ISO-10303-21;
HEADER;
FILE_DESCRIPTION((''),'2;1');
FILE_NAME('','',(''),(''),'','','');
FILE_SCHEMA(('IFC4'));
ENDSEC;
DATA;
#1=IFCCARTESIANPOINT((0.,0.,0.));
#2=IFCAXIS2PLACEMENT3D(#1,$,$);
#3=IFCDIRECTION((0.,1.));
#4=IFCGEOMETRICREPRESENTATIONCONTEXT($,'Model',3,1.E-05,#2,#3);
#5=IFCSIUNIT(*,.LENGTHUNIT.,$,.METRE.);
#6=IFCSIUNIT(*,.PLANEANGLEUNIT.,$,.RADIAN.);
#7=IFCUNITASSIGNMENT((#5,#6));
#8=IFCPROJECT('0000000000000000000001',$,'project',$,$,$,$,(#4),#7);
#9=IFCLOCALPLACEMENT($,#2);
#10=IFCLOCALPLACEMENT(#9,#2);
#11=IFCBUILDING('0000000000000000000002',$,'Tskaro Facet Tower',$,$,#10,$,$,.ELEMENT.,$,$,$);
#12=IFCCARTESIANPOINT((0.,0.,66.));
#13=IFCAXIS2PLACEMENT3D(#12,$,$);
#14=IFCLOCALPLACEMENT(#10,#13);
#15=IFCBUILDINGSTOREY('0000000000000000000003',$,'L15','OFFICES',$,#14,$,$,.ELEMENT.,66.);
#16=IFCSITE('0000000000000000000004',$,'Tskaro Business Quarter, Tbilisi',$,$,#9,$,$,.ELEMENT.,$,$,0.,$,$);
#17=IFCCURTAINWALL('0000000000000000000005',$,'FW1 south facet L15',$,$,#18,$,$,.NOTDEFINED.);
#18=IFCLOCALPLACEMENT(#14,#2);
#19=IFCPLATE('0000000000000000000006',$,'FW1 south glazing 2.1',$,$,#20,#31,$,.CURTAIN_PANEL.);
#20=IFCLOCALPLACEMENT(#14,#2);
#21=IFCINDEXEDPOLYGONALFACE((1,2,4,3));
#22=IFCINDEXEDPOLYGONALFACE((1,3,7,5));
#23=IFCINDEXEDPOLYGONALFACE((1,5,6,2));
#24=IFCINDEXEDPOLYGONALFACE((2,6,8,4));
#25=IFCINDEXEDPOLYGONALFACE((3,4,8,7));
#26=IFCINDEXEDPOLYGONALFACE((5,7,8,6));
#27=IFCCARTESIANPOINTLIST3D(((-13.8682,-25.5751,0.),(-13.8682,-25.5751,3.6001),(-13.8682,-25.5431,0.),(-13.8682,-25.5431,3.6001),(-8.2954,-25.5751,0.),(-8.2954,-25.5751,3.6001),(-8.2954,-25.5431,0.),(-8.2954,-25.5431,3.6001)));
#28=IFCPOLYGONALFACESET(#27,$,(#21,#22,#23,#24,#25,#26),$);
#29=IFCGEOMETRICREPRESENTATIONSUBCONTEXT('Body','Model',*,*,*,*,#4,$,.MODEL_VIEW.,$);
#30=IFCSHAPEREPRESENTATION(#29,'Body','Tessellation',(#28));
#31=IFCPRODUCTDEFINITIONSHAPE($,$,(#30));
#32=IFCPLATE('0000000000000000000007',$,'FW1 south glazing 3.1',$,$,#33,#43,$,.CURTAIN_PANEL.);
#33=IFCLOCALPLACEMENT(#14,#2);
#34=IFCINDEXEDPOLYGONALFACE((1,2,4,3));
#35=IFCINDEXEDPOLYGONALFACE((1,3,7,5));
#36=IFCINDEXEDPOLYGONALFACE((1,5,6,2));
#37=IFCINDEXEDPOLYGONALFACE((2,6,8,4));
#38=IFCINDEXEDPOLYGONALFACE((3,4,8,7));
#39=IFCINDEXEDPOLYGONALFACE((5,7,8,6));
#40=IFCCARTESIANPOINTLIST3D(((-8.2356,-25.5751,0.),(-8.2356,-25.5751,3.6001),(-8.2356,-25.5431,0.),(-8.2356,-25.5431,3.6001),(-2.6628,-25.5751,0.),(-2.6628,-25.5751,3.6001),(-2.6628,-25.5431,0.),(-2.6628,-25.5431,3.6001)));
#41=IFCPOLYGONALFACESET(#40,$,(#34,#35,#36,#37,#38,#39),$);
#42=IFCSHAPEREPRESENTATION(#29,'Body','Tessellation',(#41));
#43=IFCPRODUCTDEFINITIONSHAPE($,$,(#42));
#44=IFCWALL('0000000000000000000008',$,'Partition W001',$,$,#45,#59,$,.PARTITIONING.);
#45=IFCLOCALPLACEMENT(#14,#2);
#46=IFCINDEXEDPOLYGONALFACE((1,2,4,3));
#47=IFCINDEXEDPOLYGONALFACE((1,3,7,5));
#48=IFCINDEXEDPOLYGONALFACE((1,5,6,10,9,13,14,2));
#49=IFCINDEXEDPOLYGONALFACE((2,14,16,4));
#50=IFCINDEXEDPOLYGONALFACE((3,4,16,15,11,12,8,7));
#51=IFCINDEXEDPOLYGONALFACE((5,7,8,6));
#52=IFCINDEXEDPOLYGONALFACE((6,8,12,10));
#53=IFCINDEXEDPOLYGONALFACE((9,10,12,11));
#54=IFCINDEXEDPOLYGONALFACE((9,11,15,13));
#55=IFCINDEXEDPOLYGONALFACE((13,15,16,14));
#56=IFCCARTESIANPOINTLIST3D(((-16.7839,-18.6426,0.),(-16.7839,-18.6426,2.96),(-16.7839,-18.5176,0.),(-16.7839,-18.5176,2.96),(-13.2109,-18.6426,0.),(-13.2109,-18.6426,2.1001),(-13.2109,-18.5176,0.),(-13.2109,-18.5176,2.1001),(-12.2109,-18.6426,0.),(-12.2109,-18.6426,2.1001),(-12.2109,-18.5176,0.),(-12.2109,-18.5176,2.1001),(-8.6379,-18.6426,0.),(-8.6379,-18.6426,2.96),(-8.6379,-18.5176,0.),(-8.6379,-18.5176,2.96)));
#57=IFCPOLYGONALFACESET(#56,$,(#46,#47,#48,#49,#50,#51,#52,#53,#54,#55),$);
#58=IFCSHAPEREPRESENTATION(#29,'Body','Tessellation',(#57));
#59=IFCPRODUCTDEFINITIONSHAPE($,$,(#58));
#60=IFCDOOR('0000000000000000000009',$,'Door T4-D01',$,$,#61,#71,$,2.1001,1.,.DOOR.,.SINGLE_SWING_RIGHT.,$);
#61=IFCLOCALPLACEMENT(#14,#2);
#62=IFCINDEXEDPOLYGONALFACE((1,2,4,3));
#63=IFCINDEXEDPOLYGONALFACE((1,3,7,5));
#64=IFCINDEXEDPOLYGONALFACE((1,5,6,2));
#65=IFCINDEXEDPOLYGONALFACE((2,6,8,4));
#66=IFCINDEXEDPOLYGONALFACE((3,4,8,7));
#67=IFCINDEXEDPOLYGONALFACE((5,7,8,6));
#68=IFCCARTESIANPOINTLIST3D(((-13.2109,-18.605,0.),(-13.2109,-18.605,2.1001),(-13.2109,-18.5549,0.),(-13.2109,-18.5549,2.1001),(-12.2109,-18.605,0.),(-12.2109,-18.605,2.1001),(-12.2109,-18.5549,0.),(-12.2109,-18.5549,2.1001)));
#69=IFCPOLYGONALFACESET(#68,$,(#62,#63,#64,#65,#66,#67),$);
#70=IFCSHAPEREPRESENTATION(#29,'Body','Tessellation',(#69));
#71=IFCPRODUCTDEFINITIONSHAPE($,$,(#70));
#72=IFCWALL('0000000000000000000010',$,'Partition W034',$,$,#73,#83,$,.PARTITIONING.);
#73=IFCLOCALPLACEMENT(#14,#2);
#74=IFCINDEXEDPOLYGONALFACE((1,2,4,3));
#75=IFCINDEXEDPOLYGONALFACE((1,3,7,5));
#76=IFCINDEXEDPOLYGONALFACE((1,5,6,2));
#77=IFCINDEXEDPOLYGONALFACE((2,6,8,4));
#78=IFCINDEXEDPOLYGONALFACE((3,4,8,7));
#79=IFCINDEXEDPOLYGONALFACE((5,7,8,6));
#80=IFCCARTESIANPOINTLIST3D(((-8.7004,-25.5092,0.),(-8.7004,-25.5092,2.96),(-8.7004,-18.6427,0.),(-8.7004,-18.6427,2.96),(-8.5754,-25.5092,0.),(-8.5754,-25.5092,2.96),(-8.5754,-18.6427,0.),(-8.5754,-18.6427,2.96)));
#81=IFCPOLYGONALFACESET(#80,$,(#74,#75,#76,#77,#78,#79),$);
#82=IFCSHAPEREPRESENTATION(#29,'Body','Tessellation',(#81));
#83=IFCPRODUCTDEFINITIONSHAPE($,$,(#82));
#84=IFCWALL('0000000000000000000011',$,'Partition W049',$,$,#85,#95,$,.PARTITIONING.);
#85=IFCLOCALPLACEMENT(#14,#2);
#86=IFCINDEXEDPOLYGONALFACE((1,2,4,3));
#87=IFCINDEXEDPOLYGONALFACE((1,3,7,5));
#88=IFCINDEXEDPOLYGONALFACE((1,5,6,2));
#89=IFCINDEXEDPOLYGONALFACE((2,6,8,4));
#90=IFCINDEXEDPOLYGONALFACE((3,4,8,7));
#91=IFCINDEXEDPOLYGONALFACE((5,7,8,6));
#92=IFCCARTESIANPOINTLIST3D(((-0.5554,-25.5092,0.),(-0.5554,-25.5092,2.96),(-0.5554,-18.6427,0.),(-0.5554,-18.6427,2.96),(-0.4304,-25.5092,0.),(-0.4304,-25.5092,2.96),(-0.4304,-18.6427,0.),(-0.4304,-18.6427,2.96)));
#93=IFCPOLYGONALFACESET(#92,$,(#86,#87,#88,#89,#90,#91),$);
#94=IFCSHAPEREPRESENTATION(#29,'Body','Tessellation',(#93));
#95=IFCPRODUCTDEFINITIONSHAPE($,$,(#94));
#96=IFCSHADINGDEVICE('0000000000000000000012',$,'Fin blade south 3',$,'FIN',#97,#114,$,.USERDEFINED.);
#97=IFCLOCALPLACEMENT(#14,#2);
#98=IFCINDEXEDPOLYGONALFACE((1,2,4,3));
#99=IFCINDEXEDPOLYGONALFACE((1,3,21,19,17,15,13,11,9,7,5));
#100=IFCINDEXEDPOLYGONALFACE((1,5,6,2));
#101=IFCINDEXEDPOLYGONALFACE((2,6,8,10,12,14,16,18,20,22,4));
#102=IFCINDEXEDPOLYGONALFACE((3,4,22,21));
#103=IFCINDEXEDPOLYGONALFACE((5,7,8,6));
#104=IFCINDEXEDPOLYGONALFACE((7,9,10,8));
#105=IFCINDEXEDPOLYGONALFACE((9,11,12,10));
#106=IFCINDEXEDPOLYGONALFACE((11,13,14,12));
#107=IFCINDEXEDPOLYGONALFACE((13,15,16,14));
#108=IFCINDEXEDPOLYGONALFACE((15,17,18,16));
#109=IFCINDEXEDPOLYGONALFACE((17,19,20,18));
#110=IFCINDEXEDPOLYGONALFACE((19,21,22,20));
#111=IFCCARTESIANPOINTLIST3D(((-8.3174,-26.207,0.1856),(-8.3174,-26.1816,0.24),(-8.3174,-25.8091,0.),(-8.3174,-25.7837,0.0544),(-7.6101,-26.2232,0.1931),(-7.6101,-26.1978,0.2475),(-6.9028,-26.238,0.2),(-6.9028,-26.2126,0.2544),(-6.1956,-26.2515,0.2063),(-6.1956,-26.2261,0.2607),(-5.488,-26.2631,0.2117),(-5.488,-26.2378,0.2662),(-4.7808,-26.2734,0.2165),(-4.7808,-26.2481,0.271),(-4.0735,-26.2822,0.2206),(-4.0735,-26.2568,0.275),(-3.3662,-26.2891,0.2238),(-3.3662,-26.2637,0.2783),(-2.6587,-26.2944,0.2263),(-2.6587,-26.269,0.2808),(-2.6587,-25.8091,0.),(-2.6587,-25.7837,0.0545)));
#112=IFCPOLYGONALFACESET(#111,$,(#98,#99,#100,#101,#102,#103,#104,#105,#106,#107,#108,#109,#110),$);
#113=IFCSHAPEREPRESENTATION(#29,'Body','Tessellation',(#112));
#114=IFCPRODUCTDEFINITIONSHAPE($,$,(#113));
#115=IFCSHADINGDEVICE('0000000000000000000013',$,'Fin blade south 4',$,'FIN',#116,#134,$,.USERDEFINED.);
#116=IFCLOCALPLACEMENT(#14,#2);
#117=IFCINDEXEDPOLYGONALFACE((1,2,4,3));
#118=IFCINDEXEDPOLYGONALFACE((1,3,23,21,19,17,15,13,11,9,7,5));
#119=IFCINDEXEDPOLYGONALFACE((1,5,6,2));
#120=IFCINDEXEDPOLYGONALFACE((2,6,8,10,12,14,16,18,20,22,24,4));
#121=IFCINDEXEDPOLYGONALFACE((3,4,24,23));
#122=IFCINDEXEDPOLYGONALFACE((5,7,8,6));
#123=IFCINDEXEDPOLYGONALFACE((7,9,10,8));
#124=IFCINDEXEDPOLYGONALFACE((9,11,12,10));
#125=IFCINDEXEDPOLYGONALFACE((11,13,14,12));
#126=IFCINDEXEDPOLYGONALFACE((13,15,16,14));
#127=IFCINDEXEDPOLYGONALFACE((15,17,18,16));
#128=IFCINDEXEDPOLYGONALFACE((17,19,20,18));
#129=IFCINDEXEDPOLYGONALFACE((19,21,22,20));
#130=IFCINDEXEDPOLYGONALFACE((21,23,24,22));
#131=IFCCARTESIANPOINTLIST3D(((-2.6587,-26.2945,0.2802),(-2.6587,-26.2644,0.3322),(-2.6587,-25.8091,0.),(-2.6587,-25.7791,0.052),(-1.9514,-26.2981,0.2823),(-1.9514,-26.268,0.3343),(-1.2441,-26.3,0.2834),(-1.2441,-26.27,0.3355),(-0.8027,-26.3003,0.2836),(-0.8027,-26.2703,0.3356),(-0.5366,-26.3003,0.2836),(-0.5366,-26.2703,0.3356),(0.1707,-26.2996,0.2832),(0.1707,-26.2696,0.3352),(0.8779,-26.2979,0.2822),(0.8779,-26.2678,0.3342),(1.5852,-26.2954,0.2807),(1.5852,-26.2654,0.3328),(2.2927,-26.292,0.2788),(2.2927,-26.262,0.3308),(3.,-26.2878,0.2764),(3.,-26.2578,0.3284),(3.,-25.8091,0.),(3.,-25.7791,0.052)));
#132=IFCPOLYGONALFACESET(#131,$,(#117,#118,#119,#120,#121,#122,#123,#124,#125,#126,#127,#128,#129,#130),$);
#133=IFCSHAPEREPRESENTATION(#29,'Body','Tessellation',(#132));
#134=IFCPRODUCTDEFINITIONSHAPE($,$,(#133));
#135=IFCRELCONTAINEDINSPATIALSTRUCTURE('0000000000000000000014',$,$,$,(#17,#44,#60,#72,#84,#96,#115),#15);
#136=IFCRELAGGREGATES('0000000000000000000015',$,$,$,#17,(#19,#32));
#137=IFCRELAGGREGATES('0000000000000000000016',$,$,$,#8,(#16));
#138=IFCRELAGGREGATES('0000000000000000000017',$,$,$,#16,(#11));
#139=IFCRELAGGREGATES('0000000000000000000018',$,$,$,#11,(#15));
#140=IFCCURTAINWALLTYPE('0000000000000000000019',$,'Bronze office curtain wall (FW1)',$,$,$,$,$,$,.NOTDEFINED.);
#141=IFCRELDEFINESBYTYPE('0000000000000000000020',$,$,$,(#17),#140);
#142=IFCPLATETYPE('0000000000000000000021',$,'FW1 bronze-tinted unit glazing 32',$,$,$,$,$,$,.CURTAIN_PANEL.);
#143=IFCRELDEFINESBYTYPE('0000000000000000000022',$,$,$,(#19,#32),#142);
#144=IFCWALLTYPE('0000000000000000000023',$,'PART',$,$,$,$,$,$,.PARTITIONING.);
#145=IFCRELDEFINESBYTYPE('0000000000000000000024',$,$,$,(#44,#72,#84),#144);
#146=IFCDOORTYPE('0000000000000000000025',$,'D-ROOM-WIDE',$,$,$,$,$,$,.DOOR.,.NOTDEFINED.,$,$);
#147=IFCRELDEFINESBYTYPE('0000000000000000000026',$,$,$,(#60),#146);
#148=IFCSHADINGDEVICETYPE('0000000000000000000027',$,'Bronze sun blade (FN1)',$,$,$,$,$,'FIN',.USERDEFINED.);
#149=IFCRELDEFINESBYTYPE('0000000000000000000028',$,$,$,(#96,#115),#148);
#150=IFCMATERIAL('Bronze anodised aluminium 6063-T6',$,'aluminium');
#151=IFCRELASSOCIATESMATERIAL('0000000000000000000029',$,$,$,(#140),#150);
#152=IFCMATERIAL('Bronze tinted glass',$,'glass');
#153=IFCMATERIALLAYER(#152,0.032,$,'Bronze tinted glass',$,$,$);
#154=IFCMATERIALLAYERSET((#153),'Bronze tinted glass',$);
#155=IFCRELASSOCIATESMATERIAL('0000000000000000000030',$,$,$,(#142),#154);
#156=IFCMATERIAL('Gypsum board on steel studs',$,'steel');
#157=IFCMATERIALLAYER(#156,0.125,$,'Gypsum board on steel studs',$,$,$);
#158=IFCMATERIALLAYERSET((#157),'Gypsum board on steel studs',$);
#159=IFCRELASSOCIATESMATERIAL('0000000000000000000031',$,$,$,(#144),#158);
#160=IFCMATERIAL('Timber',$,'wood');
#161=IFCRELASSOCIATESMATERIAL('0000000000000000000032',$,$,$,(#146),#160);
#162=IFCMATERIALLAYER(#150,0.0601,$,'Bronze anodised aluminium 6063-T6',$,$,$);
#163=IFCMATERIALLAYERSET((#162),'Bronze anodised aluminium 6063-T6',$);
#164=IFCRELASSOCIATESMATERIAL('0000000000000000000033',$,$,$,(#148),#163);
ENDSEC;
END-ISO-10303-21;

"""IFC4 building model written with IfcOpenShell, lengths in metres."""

from ifc_helpers import new_model, si_unit, direction, frame, frame_2d, origin, origin_2d, place, context, subcontext, project, spatial, polyline, rectangle, outline, extrude, material, layer, layer_set, type_object, element, fill, aggregate, save


model = new_model("IFC4")

# Units and contexts
model_context = context("Model", 3, precision=1e-05, world=origin(), true_north=direction((0.0, 1.0)))
body_context = subcontext(model_context, "Body", "Model", "MODEL_VIEW")
ifc_project = project(units=[si_unit("LENGTHUNIT", "METRE"), si_unit("PLANEANGLEUNIT", "RADIAN")], contexts=[model_context])

# Site, building, storey
site_placement = place(None, origin())
site = spatial("IfcSite", under=ifc_project, at=site_placement, Name="Tskaro Business Quarter, Tbilisi", CompositionType="ELEMENT", RefElevation=0.0)
building_placement = place(site_placement, origin())
building = spatial("IfcBuilding", under=site, at=building_placement, Name="Tskaro Facet Tower", CompositionType="ELEMENT")
storey_placement = place(building_placement, frame((0.0, 0.0, 66.0)))
storey = spatial("IfcBuildingStorey", under=building, at=storey_placement, Name="L15", Description="OFFICES", CompositionType="ELEMENT", Elevation=66.0)

# Curtain wall
ifc_material_1 = material(Name="Bronze anodised aluminium 6063-T6", Category="aluminium")
curtain_wall_type = type_object("IfcCurtainWallType", Name="Bronze office curtain wall (FW1)", PredefinedType="NOTDEFINED", material=ifc_material_1)
curtain_wall_placement = place(storey_placement, origin())
curtain_wall = element("IfcCurtainWall", 1, at=curtain_wall_placement, inside=storey, type_object=curtain_wall_type, Name="FW1 south facet L15", PredefinedType="NOTDEFINED")

# Plates
ifc_material_2 = material(Name="Bronze tinted glass", Category="glass")
ifc_layer_1 = layer(ifc_material_2, 0.032, Name="Bronze tinted glass")
ifc_layer_set_1 = layer_set([ifc_layer_1], Name="Bronze tinted glass")
plate_type = type_object("IfcPlateType", Name="FW1 bronze-tinted unit glazing 32", PredefinedType="CURTAIN_PANEL", material=ifc_layer_set_1)
plate_1_placement = place(storey_placement, frame((-11.0818, -25.5591, 0.0), z_axis=(0.0, 0.0, 1.0), x_axis=(1.0, 0.0, 0.0)))
plate_1 = element("IfcPlate", 2, at=plate_1_placement, type_object=plate_type, Name="FW1 south glazing 2.1", PredefinedType="CURTAIN_PANEL", context=body_context, shape_type="SweptSolid", body=[
    extrude(rectangle(XDim=5.5728, YDim=0.032, at=origin_2d()), origin(), (0.0, 0.0, 1.0), 3.6001),
])
plate_2_placement = place(storey_placement, frame((-5.4492, -25.5591, 0.0), z_axis=(0.0, 0.0, 1.0), x_axis=(1.0, 0.0, 0.0)))
plate_2 = element("IfcPlate", 3, at=plate_2_placement, type_object=plate_type, Name="FW1 south glazing 3.1", PredefinedType="CURTAIN_PANEL", context=body_context, shape_type="SweptSolid", body=[
    extrude(rectangle(XDim=5.5728, YDim=0.032, at=origin_2d()), origin(), (0.0, 0.0, 1.0), 3.6001),
])
aggregate(curtain_wall, [plate_1, plate_2])

# Wall, opening, door
ifc_material_3 = material(Name="Gypsum board on steel studs", Category="steel")
ifc_layer_2 = layer(ifc_material_3, 0.125, Name="Gypsum board on steel studs")
ifc_layer_set_2 = layer_set([ifc_layer_2], Name="Gypsum board on steel studs")
wall_type = type_object("IfcWallType", Name="PART", PredefinedType="PARTITIONING", material=ifc_layer_set_2)
wall_placement = place(storey_placement, frame((-8.6379, -18.5801, 0.0), z_axis=(0.0, 0.0, 1.0), x_axis=(-1.0, 0.0, 0.0)))
wall = element("IfcWall", 4, at=wall_placement, inside=storey, type_object=wall_type, Name="Partition W001", PredefinedType="PARTITIONING", context=body_context, shape_type="SweptSolid", body=[
    extrude(rectangle(XDim=8.146, YDim=0.125, at=frame_2d((4.073, 0.0))), origin(), (0.0, 0.0, 1.0), 2.96),
])
opening_placement = place(wall_placement, frame((3.573, 0.0, 0.0)))
opening = element("IfcOpeningElement", 5, at=opening_placement, cuts=wall, PredefinedType="OPENING", context=body_context, shape_type="SweptSolid", body=[
    extrude(rectangle(XDim=1.0, YDim=2.1001, at=frame_2d((0.5, 1.05))), frame((0.0, 0.0725, 0.0), z_axis=(0.0, -1.0, 0.0), x_axis=(1.0, 0.0, 0.0)), (0.0, 0.0, 1.0), 0.145),
])
ifc_material_4 = material(Name="Timber", Category="wood")
door_type = type_object("IfcDoorType", Name="D-ROOM-WIDE", OperationType="NOTDEFINED", PredefinedType="DOOR", material=ifc_material_4)
door_placement = place(opening_placement, origin())
door = element("IfcDoor", 6, at=door_placement, inside=storey, type_object=door_type, Name="Door T4-D01", OperationType="SINGLE_SWING_RIGHT", OverallHeight=2.1001, OverallWidth=1.0, PredefinedType="DOOR", context=body_context, shape_type="SweptSolid", body=[
    extrude(rectangle(XDim=1.0, YDim=2.1001, at=frame_2d((0.5, 1.05))), frame((0.0, 0.0249, 0.0), z_axis=(0.0, -1.0, 0.0), x_axis=(1.0, 0.0, 0.0)), (0.0, 0.0, 1.0), 0.05),
])
fill(opening, door)

# Walls
for number, where, z_axis, x_axis, name in (
    (7, (-8.6379, -25.509, 0.0), (0.0, 0.0, 1.0), (0.0, 1.0, 0.0), "Partition W034"),
    (8, (-0.4929, -25.509, 0.0), (0.0, 0.0, 1.0), (0.0, 1.0, 0.0), "Partition W049"),
):
    element("IfcWall", number, at=place(storey_placement, frame(where, z_axis=z_axis, x_axis=x_axis)), inside=storey, type_object=wall_type, Name=name, PredefinedType="PARTITIONING", context=body_context, shape_type="SweptSolid", body=[
        extrude(rectangle(XDim=6.8665, YDim=0.125, at=frame_2d((3.4331, 0.0))), origin(), (0.0, 0.0, 1.0), 2.96),
    ])

# Shading devices
ifc_layer_3 = layer(ifc_material_1, 0.0601, Name="Bronze anodised aluminium 6063-T6")
ifc_layer_set_3 = layer_set([ifc_layer_3], Name="Bronze anodised aluminium 6063-T6")
shading_device_type = type_object("IfcShadingDeviceType", Name="Bronze sun blade (FN1)", ElementType="FIN", PredefinedType="USERDEFINED", material=ifc_layer_set_3)
shading_device_1_placement = place(storey_placement, frame((-8.3174, -25.7837, 0.0544), z_axis=(-0.000002, 0.422574, 0.906328), x_axis=(1.0, 0.000001, 0.000002)))
element("IfcShadingDevice", 9, at=shading_device_1_placement, inside=storey, type_object=shading_device_type, Name="Fin blade south 3", ObjectType="FIN", PredefinedType="USERDEFINED", context=body_context, shape_type="SweptSolid", body=[
    extrude(outline(polyline([(0.0, 0.0), (5.6587, 0.0), (5.6587, -0.5355), (4.9512, -0.5296), (4.2439, -0.522), (3.5366, -0.5124), (2.8293, -0.501), (2.1218, -0.4881), (1.4146, -0.4733), (0.7073, -0.4569), (0.0, -0.4391), (0.0, 0.0)])), origin(), (0.0, 0.0, -1.0), 0.0601),
])
shading_device_2_placement = place(storey_placement, frame((-2.6587, -25.7791, 0.052), z_axis=(0.000008, 0.500006, 0.866022), x_axis=(1.0, -0.000004, -0.000007)))
element("IfcShadingDevice", 10, at=shading_device_2_placement, inside=storey, type_object=shading_device_type, Name="Fin blade south 4", ObjectType="FIN", PredefinedType="USERDEFINED", context=body_context, shape_type="SweptSolid", body=[
    extrude(outline(polyline([(0.0, 0.0), (5.6587, 0.0), (5.6587, -0.5528), (4.9514, -0.5576), (4.2439, -0.5616), (3.5366, -0.5644), (2.8293, -0.5664), (2.1221, -0.5672), (1.856, -0.5672), (1.4146, -0.5669), (0.7073, -0.5646), (0.0, -0.5605), (0.0, 0.0)])), origin(), (0.0, 0.0, -1.0), 0.0601),
])

save(model, "model.ifc")
